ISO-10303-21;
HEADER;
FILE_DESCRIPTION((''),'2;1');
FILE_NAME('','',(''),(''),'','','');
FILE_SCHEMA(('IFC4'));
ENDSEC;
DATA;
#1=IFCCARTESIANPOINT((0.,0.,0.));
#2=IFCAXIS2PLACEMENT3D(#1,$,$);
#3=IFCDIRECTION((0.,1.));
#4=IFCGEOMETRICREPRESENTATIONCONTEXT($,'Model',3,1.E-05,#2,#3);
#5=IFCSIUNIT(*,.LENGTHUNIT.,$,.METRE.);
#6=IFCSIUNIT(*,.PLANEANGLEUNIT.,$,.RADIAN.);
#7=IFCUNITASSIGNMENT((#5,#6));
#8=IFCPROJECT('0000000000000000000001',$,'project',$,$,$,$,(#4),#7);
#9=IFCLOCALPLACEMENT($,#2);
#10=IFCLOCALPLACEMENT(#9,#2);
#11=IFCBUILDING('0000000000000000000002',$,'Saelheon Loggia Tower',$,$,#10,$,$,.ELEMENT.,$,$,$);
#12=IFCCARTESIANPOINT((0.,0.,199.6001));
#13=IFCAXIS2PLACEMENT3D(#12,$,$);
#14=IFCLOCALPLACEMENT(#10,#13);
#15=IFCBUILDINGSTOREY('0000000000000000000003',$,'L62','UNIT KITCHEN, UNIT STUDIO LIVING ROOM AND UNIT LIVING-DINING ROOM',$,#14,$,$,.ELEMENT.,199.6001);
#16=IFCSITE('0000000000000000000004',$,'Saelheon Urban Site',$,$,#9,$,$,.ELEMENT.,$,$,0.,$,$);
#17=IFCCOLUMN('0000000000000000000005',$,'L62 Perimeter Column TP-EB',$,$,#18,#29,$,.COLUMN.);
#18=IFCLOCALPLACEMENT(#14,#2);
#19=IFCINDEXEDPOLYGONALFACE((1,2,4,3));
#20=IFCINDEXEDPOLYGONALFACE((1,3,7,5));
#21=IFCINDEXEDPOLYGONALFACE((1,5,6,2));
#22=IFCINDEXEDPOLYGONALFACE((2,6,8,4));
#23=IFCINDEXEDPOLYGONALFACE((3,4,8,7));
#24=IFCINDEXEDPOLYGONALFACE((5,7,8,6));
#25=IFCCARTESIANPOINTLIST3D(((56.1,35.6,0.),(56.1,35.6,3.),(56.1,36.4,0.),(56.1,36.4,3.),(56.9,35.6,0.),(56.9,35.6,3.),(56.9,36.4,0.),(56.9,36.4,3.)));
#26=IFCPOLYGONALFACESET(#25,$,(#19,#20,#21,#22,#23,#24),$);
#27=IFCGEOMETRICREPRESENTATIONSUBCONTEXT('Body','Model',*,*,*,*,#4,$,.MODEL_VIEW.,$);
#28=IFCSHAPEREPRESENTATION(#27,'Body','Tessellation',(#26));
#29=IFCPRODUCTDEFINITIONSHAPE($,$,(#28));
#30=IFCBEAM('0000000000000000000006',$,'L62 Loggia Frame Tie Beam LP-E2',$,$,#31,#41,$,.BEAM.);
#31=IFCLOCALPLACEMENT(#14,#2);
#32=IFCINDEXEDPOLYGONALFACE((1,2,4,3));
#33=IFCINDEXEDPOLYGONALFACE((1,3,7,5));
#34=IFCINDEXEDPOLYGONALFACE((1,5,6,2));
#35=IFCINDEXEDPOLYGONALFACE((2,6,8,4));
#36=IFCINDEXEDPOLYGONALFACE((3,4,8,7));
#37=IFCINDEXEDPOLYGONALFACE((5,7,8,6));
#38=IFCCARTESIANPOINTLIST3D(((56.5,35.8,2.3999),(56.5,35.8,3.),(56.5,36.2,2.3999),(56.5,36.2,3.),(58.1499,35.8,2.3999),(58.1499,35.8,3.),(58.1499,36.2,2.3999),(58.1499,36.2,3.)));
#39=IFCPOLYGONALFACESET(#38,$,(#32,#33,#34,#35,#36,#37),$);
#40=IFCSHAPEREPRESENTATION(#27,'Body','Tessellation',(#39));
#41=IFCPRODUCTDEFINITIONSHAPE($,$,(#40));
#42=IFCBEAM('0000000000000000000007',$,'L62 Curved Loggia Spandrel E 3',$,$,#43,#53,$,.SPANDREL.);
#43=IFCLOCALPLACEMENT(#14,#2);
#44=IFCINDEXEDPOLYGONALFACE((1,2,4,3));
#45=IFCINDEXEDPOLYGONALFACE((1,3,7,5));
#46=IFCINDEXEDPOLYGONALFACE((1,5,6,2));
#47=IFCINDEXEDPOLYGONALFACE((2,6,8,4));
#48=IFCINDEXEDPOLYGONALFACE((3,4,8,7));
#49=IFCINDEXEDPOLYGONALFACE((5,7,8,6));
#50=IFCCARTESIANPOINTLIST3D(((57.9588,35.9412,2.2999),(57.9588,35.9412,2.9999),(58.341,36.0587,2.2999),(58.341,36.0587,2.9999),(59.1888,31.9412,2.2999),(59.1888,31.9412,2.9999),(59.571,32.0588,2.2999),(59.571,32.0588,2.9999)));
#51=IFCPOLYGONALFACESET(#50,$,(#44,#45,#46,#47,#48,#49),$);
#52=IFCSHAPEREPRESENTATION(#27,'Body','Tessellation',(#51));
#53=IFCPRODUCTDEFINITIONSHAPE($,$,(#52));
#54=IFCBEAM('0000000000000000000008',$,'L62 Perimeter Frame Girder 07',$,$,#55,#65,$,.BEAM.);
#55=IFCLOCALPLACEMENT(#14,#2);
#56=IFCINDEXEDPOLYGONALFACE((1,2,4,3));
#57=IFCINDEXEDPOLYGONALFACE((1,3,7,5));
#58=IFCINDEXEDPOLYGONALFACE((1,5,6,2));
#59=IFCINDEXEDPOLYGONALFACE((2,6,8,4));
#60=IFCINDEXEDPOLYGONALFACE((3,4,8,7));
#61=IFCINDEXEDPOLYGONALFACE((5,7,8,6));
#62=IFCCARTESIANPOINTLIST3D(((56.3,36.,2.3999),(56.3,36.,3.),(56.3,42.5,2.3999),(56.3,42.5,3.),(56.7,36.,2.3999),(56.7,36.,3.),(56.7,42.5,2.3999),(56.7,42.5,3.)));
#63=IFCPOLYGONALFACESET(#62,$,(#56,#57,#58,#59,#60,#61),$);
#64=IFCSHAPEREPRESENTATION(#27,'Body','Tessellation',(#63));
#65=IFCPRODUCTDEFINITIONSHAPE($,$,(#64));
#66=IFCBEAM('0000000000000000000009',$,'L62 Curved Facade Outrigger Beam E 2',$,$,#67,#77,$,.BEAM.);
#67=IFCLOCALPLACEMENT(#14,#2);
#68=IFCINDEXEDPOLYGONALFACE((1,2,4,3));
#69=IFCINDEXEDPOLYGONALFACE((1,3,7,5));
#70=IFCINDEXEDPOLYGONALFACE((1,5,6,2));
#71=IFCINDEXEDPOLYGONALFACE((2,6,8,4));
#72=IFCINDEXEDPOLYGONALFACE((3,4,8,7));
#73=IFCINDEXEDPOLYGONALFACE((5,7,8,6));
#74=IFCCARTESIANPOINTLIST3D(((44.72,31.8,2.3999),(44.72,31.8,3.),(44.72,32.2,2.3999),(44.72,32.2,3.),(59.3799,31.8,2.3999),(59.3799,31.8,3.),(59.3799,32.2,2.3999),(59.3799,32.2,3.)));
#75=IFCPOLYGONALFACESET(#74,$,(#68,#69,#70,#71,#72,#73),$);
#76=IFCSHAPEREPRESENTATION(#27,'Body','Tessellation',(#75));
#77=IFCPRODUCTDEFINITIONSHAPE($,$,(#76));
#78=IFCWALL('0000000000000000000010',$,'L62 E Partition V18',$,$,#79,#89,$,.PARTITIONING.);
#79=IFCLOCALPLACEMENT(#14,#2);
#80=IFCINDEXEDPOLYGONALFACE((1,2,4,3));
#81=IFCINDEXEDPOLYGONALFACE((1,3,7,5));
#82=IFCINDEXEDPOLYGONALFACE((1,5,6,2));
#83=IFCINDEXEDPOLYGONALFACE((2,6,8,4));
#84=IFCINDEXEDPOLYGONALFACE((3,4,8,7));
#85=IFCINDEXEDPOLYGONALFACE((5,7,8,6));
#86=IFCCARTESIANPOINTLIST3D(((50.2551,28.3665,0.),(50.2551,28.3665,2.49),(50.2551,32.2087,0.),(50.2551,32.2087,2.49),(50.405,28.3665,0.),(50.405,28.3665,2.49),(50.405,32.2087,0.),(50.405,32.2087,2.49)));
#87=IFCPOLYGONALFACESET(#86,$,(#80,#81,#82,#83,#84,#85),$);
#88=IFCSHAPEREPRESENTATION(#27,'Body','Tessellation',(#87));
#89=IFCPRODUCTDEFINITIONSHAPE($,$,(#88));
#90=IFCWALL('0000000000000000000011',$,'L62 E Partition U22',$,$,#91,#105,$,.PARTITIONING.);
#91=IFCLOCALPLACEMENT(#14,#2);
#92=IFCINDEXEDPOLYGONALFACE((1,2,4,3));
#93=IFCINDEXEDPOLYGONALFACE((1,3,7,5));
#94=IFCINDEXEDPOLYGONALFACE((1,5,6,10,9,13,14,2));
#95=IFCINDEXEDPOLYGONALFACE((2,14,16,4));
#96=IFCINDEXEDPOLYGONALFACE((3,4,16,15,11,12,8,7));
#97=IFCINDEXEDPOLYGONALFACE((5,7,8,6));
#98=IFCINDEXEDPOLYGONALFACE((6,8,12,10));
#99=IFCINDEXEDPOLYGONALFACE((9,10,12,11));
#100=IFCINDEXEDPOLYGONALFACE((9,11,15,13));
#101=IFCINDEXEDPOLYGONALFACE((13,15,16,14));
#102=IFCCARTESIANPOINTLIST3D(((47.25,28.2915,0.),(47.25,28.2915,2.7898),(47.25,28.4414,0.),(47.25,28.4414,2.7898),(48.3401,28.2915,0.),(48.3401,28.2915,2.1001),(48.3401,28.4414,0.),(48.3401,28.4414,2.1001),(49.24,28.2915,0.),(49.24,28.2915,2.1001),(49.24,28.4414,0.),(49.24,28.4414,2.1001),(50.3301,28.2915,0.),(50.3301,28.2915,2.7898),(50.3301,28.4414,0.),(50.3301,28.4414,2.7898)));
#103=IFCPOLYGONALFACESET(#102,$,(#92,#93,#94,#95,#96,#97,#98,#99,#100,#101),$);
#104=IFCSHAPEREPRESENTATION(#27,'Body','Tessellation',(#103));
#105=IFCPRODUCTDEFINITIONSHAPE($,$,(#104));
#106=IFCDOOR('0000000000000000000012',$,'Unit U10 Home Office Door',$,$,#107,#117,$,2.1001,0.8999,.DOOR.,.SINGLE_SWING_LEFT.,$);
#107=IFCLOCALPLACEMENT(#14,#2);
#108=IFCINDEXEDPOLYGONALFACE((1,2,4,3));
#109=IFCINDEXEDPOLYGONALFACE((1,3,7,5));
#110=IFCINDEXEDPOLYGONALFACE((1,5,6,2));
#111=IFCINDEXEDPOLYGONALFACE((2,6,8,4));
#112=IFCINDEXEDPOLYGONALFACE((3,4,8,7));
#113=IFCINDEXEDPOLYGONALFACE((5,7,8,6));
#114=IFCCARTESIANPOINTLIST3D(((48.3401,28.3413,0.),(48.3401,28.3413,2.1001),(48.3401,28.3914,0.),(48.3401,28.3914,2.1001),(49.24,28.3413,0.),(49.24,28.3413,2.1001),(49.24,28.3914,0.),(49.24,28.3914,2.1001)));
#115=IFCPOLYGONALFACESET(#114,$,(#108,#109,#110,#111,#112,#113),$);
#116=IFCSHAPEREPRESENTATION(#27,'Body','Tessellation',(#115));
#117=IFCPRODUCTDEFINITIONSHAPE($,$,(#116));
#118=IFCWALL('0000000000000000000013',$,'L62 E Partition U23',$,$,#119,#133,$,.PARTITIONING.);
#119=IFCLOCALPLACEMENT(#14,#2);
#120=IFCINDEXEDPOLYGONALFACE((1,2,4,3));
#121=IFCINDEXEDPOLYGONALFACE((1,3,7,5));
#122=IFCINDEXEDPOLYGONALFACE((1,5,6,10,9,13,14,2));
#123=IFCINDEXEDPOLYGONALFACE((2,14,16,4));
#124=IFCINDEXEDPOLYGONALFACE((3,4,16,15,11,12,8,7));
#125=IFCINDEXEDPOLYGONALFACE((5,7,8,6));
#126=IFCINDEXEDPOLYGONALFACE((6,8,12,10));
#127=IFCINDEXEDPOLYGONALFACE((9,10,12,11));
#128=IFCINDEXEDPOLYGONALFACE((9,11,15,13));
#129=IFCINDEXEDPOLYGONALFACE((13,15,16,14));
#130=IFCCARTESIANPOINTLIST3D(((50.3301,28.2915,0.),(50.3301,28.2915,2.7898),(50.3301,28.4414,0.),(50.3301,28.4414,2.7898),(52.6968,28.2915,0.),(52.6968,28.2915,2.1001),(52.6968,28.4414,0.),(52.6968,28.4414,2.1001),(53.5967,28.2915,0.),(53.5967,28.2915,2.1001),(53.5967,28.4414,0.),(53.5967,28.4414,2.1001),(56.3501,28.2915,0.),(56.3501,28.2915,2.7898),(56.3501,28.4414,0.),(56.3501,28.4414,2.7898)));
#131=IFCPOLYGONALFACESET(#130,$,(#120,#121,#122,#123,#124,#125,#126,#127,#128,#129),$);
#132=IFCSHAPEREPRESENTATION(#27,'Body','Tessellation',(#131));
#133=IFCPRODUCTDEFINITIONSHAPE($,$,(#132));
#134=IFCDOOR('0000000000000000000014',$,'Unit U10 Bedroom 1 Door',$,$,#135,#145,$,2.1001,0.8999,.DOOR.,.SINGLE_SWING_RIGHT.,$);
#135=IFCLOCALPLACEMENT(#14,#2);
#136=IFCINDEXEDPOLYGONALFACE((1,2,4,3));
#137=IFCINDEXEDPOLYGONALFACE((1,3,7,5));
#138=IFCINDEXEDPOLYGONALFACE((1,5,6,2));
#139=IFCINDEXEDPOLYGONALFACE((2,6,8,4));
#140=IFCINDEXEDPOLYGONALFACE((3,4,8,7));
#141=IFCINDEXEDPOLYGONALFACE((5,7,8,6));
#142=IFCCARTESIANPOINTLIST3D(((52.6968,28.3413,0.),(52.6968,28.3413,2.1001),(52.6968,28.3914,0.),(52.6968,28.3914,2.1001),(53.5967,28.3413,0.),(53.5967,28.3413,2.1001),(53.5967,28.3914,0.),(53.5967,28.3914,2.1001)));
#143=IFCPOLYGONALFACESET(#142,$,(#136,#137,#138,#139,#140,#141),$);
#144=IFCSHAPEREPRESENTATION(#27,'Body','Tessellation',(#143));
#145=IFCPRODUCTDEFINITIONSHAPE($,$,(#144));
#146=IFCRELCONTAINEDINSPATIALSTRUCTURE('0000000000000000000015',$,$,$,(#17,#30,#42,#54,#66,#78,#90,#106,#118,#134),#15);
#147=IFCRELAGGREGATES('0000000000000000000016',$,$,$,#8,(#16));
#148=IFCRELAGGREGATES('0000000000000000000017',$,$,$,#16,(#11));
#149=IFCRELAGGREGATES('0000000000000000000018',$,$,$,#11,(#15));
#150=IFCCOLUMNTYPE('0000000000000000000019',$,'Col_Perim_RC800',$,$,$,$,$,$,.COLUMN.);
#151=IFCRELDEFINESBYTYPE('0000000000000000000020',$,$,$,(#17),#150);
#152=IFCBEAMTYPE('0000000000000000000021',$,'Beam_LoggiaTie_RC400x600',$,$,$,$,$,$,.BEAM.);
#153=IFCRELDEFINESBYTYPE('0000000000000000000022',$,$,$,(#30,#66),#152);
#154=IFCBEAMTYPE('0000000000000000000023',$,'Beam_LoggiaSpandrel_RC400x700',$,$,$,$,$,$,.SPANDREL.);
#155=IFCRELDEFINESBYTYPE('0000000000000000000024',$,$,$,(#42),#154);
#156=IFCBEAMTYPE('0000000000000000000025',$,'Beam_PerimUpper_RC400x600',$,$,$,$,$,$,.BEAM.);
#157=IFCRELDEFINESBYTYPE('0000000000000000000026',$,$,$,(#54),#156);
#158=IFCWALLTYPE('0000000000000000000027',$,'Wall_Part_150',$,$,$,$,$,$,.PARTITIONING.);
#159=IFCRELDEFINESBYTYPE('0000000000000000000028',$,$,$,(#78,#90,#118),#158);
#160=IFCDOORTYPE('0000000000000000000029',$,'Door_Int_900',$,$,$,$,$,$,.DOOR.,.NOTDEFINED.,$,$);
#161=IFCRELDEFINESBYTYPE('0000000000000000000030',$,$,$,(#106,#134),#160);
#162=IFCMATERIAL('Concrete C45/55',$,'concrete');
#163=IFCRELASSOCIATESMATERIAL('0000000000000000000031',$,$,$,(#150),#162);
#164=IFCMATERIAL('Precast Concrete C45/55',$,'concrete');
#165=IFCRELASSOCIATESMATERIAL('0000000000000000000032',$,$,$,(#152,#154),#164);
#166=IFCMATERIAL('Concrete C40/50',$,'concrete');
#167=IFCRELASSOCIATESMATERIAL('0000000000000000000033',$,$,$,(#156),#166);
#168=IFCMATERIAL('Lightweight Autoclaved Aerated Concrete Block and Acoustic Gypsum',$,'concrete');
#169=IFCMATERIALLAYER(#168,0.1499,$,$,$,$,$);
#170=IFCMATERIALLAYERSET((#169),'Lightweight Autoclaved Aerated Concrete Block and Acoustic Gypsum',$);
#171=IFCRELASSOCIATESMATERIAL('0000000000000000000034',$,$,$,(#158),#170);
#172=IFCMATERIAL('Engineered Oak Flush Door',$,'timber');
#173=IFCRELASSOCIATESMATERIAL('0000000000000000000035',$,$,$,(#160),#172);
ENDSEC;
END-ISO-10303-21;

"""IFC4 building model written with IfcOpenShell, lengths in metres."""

from ifc_helpers import new_model, si_unit, direction, frame, frame_2d, origin, origin_2d, place, context, subcontext, project, spatial, rectangle, extrude, source, transform, mapped, material, layer, layer_set, material_profile, profile_set, type_object, element, fill, save


model = new_model("IFC4")

# Units and contexts
model_context = context("Model", 3, precision=1e-05, world=origin(), true_north=direction((0.0, 1.0)))
body_context = subcontext(model_context, "Body", "Model", "MODEL_VIEW")
ifc_project = project(units=[si_unit("LENGTHUNIT", "METRE"), si_unit("PLANEANGLEUNIT", "RADIAN")], contexts=[model_context])

# Site, building, storey
site_placement = place(None, origin())
site = spatial("IfcSite", under=ifc_project, at=site_placement, Name="Saelheon Urban Site", CompositionType="ELEMENT", RefElevation=0.0)
building_placement = place(site_placement, origin())
building = spatial("IfcBuilding", under=site, at=building_placement, Name="Saelheon Loggia Tower", CompositionType="ELEMENT")
storey_placement = place(building_placement, frame((0.0, 0.0, 199.6001)))
storey = spatial("IfcBuildingStorey", under=building, at=storey_placement, Name="L62", Description="UNIT KITCHEN, UNIT STUDIO LIVING ROOM AND UNIT LIVING-DINING ROOM", CompositionType="ELEMENT", Elevation=199.6001)

# Column
ifc_material_1 = material(Name="Concrete C45/55", Category="concrete")
ifc_material_profile_1 = material_profile(ifc_material_1, rectangle(XDim=0.8, YDim=0.8, at=origin_2d()), Name="RC-800x800")
ifc_profile_set_1 = profile_set([ifc_material_profile_1], Name="Concrete C45/55")
column_type = type_object("IfcColumnType", Name="Col_Perim_RC800", PredefinedType="COLUMN", material=ifc_profile_set_1)
shared_shape_1 = source(origin(), body_context, "Body", "SweptSolid", [
    extrude(rectangle(XDim=0.8, YDim=0.8, at=origin_2d()), origin(), (0.0, 0.0, 1.0), 3.0),
])
column_placement = place(storey_placement, frame((56.5, 36.0, 0.0), z_axis=(0.0, 0.0, 1.0), x_axis=(1.0, 0.0, 0.0)))
element("IfcColumn", 1, at=column_placement, inside=storey, type_object=column_type, Name="L62 Perimeter Column TP-EB", PredefinedType="COLUMN", context=body_context, shape_type="MappedRepresentation", body=[
    mapped(shared_shape_1, transform((0.0, 0.0, 0.0), scale=1.0)),
])

# Beams
ifc_material_2 = material(Name="Precast Concrete C45/55", Category="concrete")
ifc_material_profile_2 = material_profile(ifc_material_2, rectangle(XDim=0.3999, YDim=0.6001, at=origin_2d()), Name="RC-400x600")
ifc_profile_set_2 = profile_set([ifc_material_profile_2], Name="Precast Concrete C45/55")
beam_type_1 = type_object("IfcBeamType", Name="Beam_LoggiaTie_RC400x600", PredefinedType="BEAM", material=ifc_profile_set_2)
shared_shape_2 = source(origin(), body_context, "Body", "SweptSolid", [
    extrude(rectangle(XDim=0.3999, YDim=0.6001, at=origin_2d()), origin(), (0.0, 0.0, 1.0), 1.6499),
])
beam_1_placement = place(storey_placement, frame((56.5, 36.0, 2.7), z_axis=(1.0, 0.0, 0.0), x_axis=(0.0, 1.0, 0.0)))
element("IfcBeam", 2, at=beam_1_placement, inside=storey, type_object=beam_type_1, Name="L62 Loggia Frame Tie Beam LP-E2", PredefinedType="BEAM", context=body_context, shape_type="MappedRepresentation", body=[
    mapped(shared_shape_2, transform((0.0, 0.0, 0.0), scale=1.0)),
])
ifc_material_profile_3 = material_profile(ifc_material_2, rectangle(XDim=0.3999, YDim=0.7, at=origin_2d()), Name="RC-400x700")
ifc_profile_set_3 = profile_set([ifc_material_profile_3], Name="Precast Concrete C45/55")
beam_type_2 = type_object("IfcBeamType", Name="Beam_LoggiaSpandrel_RC400x700", PredefinedType="SPANDREL", material=ifc_profile_set_3)
shared_shape_3 = source(origin(), body_context, "Body", "SweptSolid", [
    extrude(rectangle(XDim=0.3999, YDim=0.7, at=origin_2d()), origin(), (0.0, 0.0, 1.0), 4.1848),
])
beam_2_placement = place(storey_placement, frame((59.3799, 32.0, 2.6499), z_axis=(-0.293914, 0.955832, 0.0), x_axis=(-0.955832, -0.293914, 0.0)))
element("IfcBeam", 3, at=beam_2_placement, inside=storey, type_object=beam_type_2, Name="L62 Curved Loggia Spandrel E 3", PredefinedType="SPANDREL", context=body_context, shape_type="MappedRepresentation", body=[
    mapped(shared_shape_3, transform((0.0, 0.0, 0.0), scale=1.0)),
])
ifc_material_3 = material(Name="Concrete C40/50", Category="concrete")
ifc_material_profile_4 = material_profile(ifc_material_3, rectangle(XDim=0.3999, YDim=0.6001, at=origin_2d()), Name="RC-400x600")
ifc_profile_set_4 = profile_set([ifc_material_profile_4], Name="Concrete C40/50")
beam_type_3 = type_object("IfcBeamType", Name="Beam_PerimUpper_RC400x600", PredefinedType="BEAM", material=ifc_profile_set_4)
shared_shape_4 = source(origin(), body_context, "Body", "SweptSolid", [
    extrude(rectangle(XDim=0.3999, YDim=0.6001, at=origin_2d()), origin(), (0.0, 0.0, 1.0), 6.5),
])
beam_3_placement = place(storey_placement, frame((56.5, 36.0, 2.7), z_axis=(0.0, 1.0, 0.0), x_axis=(-1.0, 0.0, 0.0)))
element("IfcBeam", 4, at=beam_3_placement, inside=storey, type_object=beam_type_3, Name="L62 Perimeter Frame Girder 07", PredefinedType="BEAM", context=body_context, shape_type="MappedRepresentation", body=[
    mapped(shared_shape_4, transform((0.0, 0.0, 0.0), scale=1.0)),
])
shared_shape_5 = source(origin(), body_context, "Body", "SweptSolid", [
    extrude(rectangle(XDim=0.3999, YDim=0.6001, at=origin_2d()), origin(), (0.0, 0.0, 1.0), 14.6599),
])
beam_4_placement = place(storey_placement, frame((44.72, 32.0, 2.7), z_axis=(1.0, 0.0, 0.0), x_axis=(0.0, 1.0, 0.0)))
element("IfcBeam", 5, at=beam_4_placement, inside=storey, type_object=beam_type_1, Name="L62 Curved Facade Outrigger Beam E 2", PredefinedType="BEAM", context=body_context, shape_type="MappedRepresentation", body=[
    mapped(shared_shape_5, transform((0.0, 0.0, 0.0), scale=1.0)),
])

# Wall
ifc_material_4 = material(Name="Lightweight Autoclaved Aerated Concrete Block and Acoustic Gypsum", Category="concrete")
ifc_layer_1 = layer(ifc_material_4, 0.1499)
ifc_layer_set_1 = layer_set([ifc_layer_1], Name="Lightweight Autoclaved Aerated Concrete Block and Acoustic Gypsum")
wall_type_1 = type_object("IfcWallType", Name="Wall_Part_150", PredefinedType="PARTITIONING", material=ifc_layer_set_1)
wall_1_placement = place(storey_placement, frame((50.3301, 28.3665, 0.0), z_axis=(0.0, 0.0, 1.0), x_axis=(0.0, 1.0, 0.0)))
element("IfcWall", 6, at=wall_1_placement, inside=storey, type_object=wall_type_1, Name="L62 E Partition V18", PredefinedType="PARTITIONING", context=body_context, shape_type="SweptSolid", body=[
    extrude(rectangle(XDim=3.8423, YDim=0.1499, at=frame_2d((1.9211, 0.0))), origin(), (0.0, 0.0, 1.0), 2.49),
])

# Walls, openings, doors
wall_2_placement = place(storey_placement, frame((47.25, 28.3665, 0.0), z_axis=(0.0, 0.0, 1.0), x_axis=(1.0, 0.0, 0.0)))
wall_2 = element("IfcWall", 7, at=wall_2_placement, inside=storey, type_object=wall_type_1, Name="L62 E Partition U22", PredefinedType="PARTITIONING", context=body_context, shape_type="SweptSolid", body=[
    extrude(rectangle(XDim=3.0801, YDim=0.1499, at=frame_2d((1.54, 0.0))), origin(), (0.0, 0.0, 1.0), 2.7898),
])
opening_1_placement = place(wall_2_placement, frame((1.0901, 0.0, 0.0)))
opening_1 = element("IfcOpeningElement", 8, at=opening_1_placement, cuts=wall_2, PredefinedType="OPENING", context=body_context, shape_type="SweptSolid", body=[
    extrude(rectangle(XDim=0.8999, YDim=2.1001, at=frame_2d((0.45, 1.05))), frame((0.0, 0.0869, 0.0), z_axis=(0.0, -1.0, 0.0), x_axis=(1.0, 0.0, 0.0)), (0.0, 0.0, 1.0), 0.1738),
])
ifc_material_5 = material(Name="Engineered Oak Flush Door", Category="timber")
door_type_1 = type_object("IfcDoorType", Name="Door_Int_900", OperationType="NOTDEFINED", PredefinedType="DOOR", material=ifc_material_5)
shared_shape_6 = source(origin(), body_context, "Body", "SweptSolid", [
    extrude(rectangle(XDim=0.8999, YDim=2.1001, at=frame_2d((0.45, 1.05))), frame((0.0, 0.0249, 0.0), z_axis=(0.0, -1.0, 0.0), x_axis=(1.0, 0.0, 0.0)), (0.0, 0.0, 1.0), 0.05),
])
door_1_placement = place(opening_1_placement, origin())
door_1 = element("IfcDoor", 9, at=door_1_placement, inside=storey, type_object=door_type_1, Name="Unit U10 Home Office Door", OperationType="SINGLE_SWING_LEFT", OverallHeight=2.1001, OverallWidth=0.8999, PredefinedType="DOOR", context=body_context, shape_type="MappedRepresentation", body=[
    mapped(shared_shape_6, transform((0.0, 0.0, 0.0), scale=1.0)),
])
fill(opening_1, door_1)
wall_3_placement = place(storey_placement, frame((50.3301, 28.3665, 0.0), z_axis=(0.0, 0.0, 1.0), x_axis=(1.0, 0.0, 0.0)))
wall_3 = element("IfcWall", 10, at=wall_3_placement, inside=storey, type_object=wall_type_1, Name="L62 E Partition U23", PredefinedType="PARTITIONING", context=body_context, shape_type="SweptSolid", body=[
    extrude(rectangle(XDim=6.02, YDim=0.1499, at=frame_2d((3.01, 0.0))), origin(), (0.0, 0.0, 1.0), 2.7898),
])
opening_2_placement = place(wall_3_placement, frame((2.3667, 0.0, 0.0)))
opening_2 = element("IfcOpeningElement", 11, at=opening_2_placement, cuts=wall_3, PredefinedType="OPENING", context=body_context, shape_type="SweptSolid", body=[
    extrude(rectangle(XDim=0.8999, YDim=2.1001, at=frame_2d((0.45, 1.05))), frame((0.0, 0.0869, 0.0), z_axis=(0.0, -1.0, 0.0), x_axis=(1.0, 0.0, 0.0)), (0.0, 0.0, 1.0), 0.1738),
])
door_2_placement = place(opening_2_placement, origin())
door_2 = element("IfcDoor", 12, at=door_2_placement, inside=storey, type_object=door_type_1, Name="Unit U10 Bedroom 1 Door", OperationType="SINGLE_SWING_RIGHT", OverallHeight=2.1001, OverallWidth=0.8999, PredefinedType="DOOR", context=body_context, shape_type="MappedRepresentation", body=[
    mapped(shared_shape_6, transform((0.0, 0.0, 0.0), scale=1.0)),
])
fill(opening_2, door_2)

save(model, "model.ifc")
